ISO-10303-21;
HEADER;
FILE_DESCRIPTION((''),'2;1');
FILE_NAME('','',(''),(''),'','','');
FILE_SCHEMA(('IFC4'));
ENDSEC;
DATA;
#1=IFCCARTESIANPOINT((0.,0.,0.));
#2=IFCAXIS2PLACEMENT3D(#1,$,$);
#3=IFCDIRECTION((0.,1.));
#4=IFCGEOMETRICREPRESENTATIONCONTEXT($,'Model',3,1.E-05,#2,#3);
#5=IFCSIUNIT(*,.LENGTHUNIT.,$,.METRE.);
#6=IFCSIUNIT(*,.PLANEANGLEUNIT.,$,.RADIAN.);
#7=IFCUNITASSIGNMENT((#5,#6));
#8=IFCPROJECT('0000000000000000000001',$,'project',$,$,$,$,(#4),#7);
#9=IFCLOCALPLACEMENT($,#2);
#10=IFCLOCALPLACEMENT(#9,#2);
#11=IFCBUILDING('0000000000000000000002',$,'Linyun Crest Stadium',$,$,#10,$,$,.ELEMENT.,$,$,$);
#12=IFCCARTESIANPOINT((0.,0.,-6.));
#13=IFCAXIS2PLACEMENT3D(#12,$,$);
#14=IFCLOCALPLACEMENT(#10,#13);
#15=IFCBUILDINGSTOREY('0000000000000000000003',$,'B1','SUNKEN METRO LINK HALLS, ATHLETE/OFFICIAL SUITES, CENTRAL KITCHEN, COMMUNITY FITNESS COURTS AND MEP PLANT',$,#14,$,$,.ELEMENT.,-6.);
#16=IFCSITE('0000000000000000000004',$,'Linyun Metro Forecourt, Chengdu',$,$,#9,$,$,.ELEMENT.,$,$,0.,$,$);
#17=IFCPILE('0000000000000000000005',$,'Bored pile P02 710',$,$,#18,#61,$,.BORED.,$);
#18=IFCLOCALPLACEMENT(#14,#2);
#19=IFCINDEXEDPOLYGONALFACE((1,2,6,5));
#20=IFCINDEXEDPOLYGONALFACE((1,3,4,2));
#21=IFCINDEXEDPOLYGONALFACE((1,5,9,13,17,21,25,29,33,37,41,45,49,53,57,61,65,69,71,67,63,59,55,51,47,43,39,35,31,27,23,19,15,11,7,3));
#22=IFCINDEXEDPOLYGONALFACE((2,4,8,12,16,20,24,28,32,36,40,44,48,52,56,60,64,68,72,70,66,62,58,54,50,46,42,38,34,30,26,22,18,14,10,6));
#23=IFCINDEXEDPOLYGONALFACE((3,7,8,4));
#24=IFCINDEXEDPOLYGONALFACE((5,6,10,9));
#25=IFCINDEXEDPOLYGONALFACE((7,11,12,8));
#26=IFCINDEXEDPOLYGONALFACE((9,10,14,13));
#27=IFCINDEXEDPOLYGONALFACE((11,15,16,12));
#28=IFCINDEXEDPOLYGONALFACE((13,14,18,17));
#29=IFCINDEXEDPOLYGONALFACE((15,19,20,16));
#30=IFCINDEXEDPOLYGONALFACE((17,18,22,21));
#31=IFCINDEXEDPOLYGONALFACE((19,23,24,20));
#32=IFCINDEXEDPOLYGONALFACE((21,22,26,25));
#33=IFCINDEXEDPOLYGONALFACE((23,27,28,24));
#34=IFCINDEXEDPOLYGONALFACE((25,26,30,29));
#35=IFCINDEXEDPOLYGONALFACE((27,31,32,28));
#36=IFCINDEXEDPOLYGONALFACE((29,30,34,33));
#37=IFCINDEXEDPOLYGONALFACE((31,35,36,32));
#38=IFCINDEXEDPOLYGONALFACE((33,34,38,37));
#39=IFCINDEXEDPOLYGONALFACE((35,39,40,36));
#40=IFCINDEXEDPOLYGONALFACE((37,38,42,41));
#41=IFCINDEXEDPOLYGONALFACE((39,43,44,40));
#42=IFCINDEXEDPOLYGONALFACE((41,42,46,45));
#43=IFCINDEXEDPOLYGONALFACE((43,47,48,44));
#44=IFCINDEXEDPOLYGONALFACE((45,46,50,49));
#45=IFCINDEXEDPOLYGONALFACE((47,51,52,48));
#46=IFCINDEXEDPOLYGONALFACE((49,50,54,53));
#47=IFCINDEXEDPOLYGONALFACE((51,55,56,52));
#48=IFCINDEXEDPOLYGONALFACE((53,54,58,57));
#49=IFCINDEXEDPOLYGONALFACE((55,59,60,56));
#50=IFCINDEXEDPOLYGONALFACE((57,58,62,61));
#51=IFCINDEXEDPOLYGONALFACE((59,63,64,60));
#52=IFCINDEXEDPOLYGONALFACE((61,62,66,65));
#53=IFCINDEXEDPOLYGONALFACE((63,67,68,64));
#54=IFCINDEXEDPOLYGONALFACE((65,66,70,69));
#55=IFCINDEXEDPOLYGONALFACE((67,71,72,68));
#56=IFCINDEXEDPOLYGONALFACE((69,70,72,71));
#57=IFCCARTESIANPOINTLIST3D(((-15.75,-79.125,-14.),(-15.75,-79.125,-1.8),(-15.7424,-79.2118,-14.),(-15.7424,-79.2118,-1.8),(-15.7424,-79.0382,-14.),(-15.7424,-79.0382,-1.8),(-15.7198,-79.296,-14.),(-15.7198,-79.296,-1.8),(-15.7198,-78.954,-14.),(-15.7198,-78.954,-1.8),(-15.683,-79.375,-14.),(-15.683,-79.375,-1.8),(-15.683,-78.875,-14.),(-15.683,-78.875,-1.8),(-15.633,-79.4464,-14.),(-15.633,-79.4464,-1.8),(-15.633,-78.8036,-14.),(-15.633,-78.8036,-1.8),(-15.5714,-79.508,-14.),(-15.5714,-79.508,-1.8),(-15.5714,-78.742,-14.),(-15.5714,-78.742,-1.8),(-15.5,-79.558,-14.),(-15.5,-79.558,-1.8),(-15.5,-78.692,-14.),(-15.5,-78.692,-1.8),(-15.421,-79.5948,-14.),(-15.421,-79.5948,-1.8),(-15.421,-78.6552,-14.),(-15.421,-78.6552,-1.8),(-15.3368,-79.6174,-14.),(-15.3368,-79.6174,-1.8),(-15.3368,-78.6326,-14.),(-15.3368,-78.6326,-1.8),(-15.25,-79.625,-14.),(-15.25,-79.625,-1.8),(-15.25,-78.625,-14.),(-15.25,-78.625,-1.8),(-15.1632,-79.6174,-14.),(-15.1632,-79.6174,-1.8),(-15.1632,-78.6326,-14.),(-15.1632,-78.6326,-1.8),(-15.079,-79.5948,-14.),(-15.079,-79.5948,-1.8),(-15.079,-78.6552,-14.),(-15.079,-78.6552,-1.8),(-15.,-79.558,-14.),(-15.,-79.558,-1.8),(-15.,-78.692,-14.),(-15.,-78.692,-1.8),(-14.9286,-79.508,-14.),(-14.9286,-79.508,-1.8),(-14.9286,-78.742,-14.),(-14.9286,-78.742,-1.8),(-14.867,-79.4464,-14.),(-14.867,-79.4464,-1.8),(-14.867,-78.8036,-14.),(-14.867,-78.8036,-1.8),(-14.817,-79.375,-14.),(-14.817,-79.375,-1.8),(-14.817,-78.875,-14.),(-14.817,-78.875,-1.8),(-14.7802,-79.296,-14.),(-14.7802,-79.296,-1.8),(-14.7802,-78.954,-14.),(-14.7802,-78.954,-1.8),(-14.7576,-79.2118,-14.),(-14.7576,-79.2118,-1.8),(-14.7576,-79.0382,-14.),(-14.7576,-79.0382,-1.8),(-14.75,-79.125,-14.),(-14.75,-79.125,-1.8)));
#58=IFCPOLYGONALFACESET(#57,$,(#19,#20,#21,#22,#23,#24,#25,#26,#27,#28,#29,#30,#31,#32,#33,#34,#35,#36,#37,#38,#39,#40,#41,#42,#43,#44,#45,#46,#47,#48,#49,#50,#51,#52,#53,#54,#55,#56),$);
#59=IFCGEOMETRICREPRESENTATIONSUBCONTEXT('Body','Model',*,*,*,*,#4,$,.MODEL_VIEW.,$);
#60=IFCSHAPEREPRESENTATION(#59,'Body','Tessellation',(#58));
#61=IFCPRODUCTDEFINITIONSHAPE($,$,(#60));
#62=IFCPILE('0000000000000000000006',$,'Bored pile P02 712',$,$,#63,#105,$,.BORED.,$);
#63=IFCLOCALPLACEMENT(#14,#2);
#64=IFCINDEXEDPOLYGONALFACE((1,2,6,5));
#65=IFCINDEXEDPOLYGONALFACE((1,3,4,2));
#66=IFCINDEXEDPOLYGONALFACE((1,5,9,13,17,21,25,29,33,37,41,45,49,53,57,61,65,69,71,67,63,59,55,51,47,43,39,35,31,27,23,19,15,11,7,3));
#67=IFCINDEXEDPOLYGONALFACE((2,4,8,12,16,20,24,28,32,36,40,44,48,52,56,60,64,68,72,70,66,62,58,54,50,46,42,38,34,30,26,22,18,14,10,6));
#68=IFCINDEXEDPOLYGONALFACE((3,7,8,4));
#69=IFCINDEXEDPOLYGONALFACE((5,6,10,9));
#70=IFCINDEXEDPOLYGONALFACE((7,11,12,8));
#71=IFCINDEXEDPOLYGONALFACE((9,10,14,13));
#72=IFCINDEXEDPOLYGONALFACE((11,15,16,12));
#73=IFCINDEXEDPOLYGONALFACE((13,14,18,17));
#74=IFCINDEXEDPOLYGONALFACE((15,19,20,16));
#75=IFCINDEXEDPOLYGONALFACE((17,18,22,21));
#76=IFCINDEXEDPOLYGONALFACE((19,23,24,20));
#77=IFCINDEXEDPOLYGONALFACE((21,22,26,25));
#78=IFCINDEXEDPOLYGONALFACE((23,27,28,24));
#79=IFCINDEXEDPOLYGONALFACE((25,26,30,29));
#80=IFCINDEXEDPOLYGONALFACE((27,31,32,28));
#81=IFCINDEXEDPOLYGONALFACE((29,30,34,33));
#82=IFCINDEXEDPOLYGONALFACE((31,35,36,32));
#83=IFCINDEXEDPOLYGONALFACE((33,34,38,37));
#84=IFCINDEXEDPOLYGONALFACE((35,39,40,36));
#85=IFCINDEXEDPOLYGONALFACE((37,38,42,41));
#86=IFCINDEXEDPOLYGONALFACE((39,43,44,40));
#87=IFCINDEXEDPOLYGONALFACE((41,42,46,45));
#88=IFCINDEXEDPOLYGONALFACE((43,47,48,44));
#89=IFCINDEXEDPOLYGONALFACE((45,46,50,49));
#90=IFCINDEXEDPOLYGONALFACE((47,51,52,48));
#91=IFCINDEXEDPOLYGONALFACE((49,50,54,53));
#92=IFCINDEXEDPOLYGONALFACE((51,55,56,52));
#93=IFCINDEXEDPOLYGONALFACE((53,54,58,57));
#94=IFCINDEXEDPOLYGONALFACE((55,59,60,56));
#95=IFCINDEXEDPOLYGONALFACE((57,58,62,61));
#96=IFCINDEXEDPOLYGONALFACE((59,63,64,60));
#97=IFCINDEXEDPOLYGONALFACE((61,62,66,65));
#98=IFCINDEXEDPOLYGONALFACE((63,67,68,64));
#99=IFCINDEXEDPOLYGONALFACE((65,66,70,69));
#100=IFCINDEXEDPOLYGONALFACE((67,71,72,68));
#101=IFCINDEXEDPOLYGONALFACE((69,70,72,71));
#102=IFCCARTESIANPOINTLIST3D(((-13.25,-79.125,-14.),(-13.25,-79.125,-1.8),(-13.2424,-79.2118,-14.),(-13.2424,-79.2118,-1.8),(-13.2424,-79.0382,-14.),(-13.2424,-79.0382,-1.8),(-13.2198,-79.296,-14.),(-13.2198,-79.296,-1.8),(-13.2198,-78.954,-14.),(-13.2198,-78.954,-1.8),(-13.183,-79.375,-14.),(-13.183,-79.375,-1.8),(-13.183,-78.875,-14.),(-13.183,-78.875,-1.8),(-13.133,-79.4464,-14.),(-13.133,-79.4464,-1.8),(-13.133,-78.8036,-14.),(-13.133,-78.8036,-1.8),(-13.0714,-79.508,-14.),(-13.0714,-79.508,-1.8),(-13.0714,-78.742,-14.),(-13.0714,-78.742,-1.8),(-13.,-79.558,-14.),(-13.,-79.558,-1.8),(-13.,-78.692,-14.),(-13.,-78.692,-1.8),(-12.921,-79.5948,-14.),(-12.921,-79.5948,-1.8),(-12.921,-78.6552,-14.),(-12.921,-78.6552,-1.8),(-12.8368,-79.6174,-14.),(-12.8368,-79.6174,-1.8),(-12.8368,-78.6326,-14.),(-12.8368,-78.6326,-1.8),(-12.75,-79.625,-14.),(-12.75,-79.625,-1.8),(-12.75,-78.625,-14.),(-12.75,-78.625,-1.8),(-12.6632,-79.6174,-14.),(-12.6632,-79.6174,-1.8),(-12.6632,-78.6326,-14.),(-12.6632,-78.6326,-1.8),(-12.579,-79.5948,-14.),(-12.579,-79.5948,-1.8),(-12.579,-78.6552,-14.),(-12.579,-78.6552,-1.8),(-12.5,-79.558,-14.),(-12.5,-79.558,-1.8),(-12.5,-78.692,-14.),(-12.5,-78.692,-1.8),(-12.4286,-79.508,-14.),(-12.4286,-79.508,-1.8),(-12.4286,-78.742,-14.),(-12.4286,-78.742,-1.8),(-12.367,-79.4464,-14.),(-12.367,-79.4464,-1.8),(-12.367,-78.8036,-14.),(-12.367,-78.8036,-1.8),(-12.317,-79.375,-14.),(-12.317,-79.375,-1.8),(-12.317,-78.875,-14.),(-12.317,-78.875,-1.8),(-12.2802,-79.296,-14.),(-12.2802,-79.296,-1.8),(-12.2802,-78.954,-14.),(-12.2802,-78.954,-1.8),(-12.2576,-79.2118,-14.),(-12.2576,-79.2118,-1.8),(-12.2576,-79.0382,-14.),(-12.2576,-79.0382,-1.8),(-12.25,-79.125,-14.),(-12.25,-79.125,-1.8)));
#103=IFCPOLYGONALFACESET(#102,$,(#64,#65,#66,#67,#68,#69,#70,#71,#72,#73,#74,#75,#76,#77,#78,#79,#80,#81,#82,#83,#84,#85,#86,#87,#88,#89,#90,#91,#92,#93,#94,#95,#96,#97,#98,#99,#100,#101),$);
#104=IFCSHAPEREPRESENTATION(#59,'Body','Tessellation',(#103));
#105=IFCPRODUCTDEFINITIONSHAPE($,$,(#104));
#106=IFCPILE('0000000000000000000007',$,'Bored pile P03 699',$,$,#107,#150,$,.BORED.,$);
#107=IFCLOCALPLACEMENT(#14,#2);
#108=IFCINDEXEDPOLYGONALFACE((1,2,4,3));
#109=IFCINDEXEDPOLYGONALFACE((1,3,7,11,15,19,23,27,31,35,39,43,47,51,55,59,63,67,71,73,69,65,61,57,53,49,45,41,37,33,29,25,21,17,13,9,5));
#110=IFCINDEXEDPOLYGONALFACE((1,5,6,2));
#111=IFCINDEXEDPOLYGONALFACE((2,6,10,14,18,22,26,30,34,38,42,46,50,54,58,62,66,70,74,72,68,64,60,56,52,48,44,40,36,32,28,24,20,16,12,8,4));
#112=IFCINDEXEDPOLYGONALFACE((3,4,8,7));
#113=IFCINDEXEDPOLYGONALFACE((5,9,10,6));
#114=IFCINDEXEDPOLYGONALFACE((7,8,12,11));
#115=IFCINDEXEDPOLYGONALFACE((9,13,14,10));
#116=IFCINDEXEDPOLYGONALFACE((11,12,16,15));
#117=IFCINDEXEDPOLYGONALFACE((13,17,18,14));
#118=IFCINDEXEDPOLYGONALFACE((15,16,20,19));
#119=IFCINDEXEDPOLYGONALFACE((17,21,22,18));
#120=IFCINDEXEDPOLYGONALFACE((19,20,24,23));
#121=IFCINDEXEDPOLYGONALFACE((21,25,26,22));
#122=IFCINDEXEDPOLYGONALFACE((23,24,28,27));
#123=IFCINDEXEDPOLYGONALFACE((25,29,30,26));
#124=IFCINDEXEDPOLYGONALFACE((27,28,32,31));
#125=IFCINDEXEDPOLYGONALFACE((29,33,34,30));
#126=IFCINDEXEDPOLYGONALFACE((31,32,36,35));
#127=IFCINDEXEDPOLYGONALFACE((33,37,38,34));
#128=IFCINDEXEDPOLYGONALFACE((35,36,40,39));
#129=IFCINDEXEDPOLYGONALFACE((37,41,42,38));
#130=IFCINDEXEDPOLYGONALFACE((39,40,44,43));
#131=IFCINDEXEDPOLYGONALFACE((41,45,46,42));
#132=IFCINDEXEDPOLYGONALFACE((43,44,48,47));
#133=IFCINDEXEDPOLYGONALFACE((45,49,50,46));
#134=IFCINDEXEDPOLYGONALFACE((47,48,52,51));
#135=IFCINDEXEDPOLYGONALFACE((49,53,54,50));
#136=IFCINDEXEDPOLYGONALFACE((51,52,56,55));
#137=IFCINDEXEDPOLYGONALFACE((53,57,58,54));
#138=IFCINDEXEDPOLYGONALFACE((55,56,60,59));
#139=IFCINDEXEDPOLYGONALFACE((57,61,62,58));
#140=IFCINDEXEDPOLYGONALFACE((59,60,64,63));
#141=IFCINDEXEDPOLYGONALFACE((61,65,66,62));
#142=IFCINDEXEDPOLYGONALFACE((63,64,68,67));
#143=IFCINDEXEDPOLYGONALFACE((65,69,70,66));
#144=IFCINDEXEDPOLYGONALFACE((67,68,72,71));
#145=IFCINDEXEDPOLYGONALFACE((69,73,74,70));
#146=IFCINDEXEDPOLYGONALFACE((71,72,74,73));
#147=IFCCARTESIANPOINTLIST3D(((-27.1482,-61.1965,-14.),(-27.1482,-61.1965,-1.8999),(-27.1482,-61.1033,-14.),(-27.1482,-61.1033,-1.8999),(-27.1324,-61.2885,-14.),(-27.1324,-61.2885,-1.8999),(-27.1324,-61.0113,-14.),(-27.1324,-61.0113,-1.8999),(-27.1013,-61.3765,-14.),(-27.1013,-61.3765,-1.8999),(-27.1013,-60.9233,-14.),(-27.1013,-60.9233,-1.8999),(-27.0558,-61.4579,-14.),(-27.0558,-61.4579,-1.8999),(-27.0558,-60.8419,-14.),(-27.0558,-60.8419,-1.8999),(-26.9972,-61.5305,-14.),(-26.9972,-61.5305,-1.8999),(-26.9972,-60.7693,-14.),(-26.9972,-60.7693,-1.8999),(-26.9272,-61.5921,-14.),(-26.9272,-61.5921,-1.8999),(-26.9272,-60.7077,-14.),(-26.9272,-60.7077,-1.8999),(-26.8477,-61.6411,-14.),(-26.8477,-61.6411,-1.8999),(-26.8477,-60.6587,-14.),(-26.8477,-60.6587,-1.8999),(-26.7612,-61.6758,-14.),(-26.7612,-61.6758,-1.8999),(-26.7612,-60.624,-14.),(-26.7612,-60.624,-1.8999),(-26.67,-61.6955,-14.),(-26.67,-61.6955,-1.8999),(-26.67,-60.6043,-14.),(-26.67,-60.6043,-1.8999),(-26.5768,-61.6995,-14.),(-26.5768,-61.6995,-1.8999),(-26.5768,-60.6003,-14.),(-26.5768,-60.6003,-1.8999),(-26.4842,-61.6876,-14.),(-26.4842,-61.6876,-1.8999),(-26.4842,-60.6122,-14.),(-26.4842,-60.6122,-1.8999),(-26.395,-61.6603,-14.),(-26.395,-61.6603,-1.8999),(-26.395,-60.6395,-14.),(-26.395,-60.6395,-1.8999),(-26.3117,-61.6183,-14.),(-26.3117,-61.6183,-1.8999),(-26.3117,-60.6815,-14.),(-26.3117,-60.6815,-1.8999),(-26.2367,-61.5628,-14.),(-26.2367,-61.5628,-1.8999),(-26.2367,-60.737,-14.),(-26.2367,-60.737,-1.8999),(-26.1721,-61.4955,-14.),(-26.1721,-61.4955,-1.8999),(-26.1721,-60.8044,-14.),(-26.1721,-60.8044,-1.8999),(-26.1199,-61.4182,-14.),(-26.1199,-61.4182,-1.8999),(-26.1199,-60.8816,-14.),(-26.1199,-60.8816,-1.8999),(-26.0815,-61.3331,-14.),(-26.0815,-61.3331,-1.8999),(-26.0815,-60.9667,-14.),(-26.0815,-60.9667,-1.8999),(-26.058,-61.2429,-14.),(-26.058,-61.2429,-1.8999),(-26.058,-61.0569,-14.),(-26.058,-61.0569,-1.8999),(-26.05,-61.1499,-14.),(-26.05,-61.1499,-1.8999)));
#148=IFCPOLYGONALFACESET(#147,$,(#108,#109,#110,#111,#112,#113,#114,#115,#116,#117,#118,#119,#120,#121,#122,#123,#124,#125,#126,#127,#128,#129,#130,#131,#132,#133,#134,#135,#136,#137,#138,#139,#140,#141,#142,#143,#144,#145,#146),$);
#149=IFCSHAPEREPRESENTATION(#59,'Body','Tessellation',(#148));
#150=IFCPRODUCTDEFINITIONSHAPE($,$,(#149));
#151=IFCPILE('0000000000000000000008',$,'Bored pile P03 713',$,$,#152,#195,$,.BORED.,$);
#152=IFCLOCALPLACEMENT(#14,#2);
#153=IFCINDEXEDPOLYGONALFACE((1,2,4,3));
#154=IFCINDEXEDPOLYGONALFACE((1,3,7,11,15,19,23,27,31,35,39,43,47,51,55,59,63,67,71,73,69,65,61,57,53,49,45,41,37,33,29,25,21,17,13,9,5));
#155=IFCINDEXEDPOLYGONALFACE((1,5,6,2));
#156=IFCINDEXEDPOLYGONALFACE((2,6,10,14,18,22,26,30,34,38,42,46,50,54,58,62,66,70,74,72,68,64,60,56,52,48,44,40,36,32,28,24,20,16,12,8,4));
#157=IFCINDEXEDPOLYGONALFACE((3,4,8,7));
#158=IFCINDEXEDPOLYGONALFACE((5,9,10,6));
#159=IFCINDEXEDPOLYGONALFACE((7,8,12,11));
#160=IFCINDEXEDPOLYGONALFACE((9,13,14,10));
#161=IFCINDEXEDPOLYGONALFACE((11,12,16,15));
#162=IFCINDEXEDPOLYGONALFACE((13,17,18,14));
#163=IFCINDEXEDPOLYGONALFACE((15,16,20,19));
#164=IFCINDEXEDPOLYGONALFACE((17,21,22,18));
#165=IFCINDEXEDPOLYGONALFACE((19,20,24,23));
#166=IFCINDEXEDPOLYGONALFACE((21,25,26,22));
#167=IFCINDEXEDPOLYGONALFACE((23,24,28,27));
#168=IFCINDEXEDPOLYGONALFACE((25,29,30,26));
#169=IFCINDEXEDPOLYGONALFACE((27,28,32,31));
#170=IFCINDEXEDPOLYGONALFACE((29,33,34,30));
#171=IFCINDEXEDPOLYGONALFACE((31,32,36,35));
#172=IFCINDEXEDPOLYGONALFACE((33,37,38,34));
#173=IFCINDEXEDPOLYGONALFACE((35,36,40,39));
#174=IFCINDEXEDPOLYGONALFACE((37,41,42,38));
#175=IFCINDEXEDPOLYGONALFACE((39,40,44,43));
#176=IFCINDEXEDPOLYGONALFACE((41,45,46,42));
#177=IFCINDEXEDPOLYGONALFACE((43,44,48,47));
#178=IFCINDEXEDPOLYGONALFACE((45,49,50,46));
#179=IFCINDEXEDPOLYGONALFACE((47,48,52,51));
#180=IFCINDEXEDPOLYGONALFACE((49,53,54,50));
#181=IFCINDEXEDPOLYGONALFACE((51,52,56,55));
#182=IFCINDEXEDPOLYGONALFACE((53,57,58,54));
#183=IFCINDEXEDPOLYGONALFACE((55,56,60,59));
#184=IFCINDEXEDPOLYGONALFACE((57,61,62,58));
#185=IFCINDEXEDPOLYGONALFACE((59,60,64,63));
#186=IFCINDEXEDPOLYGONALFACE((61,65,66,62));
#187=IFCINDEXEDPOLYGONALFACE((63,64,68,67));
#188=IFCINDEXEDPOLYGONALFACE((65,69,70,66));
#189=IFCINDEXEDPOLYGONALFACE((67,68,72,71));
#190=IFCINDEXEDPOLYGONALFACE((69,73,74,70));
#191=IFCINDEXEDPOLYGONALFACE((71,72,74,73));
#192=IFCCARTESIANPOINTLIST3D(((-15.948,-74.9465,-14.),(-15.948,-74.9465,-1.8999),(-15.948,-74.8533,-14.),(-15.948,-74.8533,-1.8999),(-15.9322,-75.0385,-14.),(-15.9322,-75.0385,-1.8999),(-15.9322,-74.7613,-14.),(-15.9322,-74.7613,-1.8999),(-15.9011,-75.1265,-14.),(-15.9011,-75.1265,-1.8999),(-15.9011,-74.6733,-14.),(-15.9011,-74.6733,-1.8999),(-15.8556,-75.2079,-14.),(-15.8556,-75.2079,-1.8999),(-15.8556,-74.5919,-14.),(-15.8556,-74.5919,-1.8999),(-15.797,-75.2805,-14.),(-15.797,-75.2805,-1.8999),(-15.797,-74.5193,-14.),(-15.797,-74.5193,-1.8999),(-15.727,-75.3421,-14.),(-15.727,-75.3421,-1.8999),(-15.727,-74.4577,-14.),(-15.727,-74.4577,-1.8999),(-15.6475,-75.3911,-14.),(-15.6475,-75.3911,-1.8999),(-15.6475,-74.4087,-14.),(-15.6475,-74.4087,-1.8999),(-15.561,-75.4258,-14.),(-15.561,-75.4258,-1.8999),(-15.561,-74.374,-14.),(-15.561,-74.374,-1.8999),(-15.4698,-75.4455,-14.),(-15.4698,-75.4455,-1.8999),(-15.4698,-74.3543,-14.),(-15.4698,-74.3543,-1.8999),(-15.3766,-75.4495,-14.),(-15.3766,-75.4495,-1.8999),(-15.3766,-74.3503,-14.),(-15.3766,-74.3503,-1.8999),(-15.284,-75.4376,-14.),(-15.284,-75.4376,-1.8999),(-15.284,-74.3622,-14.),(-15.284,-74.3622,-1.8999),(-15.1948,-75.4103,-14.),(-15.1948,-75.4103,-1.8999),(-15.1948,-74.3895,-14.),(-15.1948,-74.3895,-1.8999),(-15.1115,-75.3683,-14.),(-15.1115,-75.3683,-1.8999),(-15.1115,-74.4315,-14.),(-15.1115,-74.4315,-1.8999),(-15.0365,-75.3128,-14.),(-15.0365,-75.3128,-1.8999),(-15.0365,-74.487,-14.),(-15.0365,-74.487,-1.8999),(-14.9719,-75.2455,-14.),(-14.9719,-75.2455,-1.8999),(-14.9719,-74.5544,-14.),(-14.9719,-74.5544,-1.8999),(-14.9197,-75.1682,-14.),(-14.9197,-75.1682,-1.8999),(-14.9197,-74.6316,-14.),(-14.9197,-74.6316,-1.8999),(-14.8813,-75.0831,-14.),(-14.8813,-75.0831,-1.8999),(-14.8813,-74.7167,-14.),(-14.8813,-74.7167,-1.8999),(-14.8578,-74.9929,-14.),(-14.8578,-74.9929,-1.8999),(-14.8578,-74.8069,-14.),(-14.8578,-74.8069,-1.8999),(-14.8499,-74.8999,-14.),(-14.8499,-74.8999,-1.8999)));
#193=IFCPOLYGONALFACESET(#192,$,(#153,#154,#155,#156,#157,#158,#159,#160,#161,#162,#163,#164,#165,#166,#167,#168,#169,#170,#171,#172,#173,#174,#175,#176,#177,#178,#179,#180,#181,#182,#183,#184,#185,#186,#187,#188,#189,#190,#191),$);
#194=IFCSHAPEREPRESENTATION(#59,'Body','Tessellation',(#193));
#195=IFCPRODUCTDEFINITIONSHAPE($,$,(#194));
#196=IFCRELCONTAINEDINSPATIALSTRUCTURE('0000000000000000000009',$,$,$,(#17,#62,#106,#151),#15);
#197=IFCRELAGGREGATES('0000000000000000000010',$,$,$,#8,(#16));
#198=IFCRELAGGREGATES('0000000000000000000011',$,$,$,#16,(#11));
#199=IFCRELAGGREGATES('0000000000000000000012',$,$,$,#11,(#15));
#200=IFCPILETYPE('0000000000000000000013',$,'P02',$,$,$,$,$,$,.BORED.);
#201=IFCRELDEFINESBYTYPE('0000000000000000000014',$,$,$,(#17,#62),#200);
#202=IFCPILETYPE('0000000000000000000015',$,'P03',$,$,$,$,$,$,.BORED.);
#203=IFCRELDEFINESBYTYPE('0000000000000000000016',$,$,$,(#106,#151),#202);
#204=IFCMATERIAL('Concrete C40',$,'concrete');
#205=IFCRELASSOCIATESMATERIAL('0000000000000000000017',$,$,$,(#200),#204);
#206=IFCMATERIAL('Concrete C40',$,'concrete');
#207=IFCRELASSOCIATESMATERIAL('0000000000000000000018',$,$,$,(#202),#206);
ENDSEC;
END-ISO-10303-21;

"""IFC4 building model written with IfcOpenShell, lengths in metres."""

from ifc_helpers import new_model, si_unit, direction, frame, origin, origin_2d, place, context, subcontext, project, spatial, circle, extrude, material, material_profile, profile_set, type_object, element, save


model = new_model("IFC4")

# Units and contexts
model_context = context("Model", 3, precision=1e-05, world=origin(), true_north=direction((0.0, 1.0)))
body_context = subcontext(model_context, "Body", "Model", "MODEL_VIEW")
ifc_project = project(units=[si_unit("LENGTHUNIT", "METRE"), si_unit("PLANEANGLEUNIT", "RADIAN")], contexts=[model_context])

# Site, building, storey
site_placement = place(None, origin())
site = spatial("IfcSite", under=ifc_project, at=site_placement, Name="Linyun Metro Forecourt, Chengdu", CompositionType="ELEMENT", RefElevation=0.0)
building_placement = place(site_placement, origin())
building = spatial("IfcBuilding", under=site, at=building_placement, Name="Linyun Crest Stadium", CompositionType="ELEMENT")
storey_placement = place(building_placement, frame((0.0, 0.0, -6.0)))
storey = spatial("IfcBuildingStorey", under=building, at=storey_placement, Name="B1", Description="SUNKEN METRO LINK HALLS, ATHLETE/OFFICIAL SUITES, CENTRAL KITCHEN, COMMUNITY FITNESS COURTS AND MEP PLANT", CompositionType="ELEMENT", Elevation=-6.0)

# Piles
ifc_material_1 = material(Name="Concrete C40", Category="concrete")
ifc_material_profile_1 = material_profile(ifc_material_1, circle(Radius=0.5, at=origin_2d()), Name="BORED PILE 1000")
ifc_profile_set_1 = profile_set([ifc_material_profile_1], Name="Concrete C40")
pile_type_1 = type_object("IfcPileType", Name="P02", PredefinedType="BORED", material=ifc_profile_set_1)
for number, where, z_axis, x_axis, name in (
    (1, (-15.25, -79.125, -1.8), (0.0, 0.0, -1.0), (1.0, 0.0, 0.0), "Bored pile P02 710"),
    (2, (-12.75, -79.125, -1.8), (0.0, 0.0, -1.0), (1.0, 0.0, 0.0), "Bored pile P02 712"),
):
    element("IfcPile", number, at=place(storey_placement, frame(where, z_axis=z_axis, x_axis=x_axis)), inside=storey, type_object=pile_type_1, Name=name, PredefinedType="BORED", context=body_context, shape_type="SweptSolid", body=[
        extrude(circle(Radius=0.5, at=origin_2d()), origin(), (0.0, 0.0, 1.0), 12.2),
    ])
ifc_material_2 = material(Name="Concrete C40", Category="concrete")
ifc_material_profile_2 = material_profile(ifc_material_2, circle(Radius=0.55, at=origin_2d()), Name="BORED PILE 1100")
ifc_profile_set_2 = profile_set([ifc_material_profile_2], Name="Concrete C40")
pile_type_2 = type_object("IfcPileType", Name="P03", PredefinedType="BORED", material=ifc_profile_set_2)
for number, where, z_axis, x_axis, name in (
    (3, (-26.6001, -61.1499, -1.8999), (0.0, 0.0, -1.0), (1.0, 0.0, 0.0), "Bored pile P03 699"),
    (4, (-15.3999, -74.8999, -1.8999), (0.0, 0.0, -1.0), (1.0, 0.0, 0.0), "Bored pile P03 713"),
):
    element("IfcPile", number, at=place(storey_placement, frame(where, z_axis=z_axis, x_axis=x_axis)), inside=storey, type_object=pile_type_2, Name=name, PredefinedType="BORED", context=body_context, shape_type="SweptSolid", body=[
        extrude(circle(Radius=0.55, at=origin_2d()), origin(), (0.0, 0.0, 1.0), 12.1001),
    ])

save(model, "model.ifc")
